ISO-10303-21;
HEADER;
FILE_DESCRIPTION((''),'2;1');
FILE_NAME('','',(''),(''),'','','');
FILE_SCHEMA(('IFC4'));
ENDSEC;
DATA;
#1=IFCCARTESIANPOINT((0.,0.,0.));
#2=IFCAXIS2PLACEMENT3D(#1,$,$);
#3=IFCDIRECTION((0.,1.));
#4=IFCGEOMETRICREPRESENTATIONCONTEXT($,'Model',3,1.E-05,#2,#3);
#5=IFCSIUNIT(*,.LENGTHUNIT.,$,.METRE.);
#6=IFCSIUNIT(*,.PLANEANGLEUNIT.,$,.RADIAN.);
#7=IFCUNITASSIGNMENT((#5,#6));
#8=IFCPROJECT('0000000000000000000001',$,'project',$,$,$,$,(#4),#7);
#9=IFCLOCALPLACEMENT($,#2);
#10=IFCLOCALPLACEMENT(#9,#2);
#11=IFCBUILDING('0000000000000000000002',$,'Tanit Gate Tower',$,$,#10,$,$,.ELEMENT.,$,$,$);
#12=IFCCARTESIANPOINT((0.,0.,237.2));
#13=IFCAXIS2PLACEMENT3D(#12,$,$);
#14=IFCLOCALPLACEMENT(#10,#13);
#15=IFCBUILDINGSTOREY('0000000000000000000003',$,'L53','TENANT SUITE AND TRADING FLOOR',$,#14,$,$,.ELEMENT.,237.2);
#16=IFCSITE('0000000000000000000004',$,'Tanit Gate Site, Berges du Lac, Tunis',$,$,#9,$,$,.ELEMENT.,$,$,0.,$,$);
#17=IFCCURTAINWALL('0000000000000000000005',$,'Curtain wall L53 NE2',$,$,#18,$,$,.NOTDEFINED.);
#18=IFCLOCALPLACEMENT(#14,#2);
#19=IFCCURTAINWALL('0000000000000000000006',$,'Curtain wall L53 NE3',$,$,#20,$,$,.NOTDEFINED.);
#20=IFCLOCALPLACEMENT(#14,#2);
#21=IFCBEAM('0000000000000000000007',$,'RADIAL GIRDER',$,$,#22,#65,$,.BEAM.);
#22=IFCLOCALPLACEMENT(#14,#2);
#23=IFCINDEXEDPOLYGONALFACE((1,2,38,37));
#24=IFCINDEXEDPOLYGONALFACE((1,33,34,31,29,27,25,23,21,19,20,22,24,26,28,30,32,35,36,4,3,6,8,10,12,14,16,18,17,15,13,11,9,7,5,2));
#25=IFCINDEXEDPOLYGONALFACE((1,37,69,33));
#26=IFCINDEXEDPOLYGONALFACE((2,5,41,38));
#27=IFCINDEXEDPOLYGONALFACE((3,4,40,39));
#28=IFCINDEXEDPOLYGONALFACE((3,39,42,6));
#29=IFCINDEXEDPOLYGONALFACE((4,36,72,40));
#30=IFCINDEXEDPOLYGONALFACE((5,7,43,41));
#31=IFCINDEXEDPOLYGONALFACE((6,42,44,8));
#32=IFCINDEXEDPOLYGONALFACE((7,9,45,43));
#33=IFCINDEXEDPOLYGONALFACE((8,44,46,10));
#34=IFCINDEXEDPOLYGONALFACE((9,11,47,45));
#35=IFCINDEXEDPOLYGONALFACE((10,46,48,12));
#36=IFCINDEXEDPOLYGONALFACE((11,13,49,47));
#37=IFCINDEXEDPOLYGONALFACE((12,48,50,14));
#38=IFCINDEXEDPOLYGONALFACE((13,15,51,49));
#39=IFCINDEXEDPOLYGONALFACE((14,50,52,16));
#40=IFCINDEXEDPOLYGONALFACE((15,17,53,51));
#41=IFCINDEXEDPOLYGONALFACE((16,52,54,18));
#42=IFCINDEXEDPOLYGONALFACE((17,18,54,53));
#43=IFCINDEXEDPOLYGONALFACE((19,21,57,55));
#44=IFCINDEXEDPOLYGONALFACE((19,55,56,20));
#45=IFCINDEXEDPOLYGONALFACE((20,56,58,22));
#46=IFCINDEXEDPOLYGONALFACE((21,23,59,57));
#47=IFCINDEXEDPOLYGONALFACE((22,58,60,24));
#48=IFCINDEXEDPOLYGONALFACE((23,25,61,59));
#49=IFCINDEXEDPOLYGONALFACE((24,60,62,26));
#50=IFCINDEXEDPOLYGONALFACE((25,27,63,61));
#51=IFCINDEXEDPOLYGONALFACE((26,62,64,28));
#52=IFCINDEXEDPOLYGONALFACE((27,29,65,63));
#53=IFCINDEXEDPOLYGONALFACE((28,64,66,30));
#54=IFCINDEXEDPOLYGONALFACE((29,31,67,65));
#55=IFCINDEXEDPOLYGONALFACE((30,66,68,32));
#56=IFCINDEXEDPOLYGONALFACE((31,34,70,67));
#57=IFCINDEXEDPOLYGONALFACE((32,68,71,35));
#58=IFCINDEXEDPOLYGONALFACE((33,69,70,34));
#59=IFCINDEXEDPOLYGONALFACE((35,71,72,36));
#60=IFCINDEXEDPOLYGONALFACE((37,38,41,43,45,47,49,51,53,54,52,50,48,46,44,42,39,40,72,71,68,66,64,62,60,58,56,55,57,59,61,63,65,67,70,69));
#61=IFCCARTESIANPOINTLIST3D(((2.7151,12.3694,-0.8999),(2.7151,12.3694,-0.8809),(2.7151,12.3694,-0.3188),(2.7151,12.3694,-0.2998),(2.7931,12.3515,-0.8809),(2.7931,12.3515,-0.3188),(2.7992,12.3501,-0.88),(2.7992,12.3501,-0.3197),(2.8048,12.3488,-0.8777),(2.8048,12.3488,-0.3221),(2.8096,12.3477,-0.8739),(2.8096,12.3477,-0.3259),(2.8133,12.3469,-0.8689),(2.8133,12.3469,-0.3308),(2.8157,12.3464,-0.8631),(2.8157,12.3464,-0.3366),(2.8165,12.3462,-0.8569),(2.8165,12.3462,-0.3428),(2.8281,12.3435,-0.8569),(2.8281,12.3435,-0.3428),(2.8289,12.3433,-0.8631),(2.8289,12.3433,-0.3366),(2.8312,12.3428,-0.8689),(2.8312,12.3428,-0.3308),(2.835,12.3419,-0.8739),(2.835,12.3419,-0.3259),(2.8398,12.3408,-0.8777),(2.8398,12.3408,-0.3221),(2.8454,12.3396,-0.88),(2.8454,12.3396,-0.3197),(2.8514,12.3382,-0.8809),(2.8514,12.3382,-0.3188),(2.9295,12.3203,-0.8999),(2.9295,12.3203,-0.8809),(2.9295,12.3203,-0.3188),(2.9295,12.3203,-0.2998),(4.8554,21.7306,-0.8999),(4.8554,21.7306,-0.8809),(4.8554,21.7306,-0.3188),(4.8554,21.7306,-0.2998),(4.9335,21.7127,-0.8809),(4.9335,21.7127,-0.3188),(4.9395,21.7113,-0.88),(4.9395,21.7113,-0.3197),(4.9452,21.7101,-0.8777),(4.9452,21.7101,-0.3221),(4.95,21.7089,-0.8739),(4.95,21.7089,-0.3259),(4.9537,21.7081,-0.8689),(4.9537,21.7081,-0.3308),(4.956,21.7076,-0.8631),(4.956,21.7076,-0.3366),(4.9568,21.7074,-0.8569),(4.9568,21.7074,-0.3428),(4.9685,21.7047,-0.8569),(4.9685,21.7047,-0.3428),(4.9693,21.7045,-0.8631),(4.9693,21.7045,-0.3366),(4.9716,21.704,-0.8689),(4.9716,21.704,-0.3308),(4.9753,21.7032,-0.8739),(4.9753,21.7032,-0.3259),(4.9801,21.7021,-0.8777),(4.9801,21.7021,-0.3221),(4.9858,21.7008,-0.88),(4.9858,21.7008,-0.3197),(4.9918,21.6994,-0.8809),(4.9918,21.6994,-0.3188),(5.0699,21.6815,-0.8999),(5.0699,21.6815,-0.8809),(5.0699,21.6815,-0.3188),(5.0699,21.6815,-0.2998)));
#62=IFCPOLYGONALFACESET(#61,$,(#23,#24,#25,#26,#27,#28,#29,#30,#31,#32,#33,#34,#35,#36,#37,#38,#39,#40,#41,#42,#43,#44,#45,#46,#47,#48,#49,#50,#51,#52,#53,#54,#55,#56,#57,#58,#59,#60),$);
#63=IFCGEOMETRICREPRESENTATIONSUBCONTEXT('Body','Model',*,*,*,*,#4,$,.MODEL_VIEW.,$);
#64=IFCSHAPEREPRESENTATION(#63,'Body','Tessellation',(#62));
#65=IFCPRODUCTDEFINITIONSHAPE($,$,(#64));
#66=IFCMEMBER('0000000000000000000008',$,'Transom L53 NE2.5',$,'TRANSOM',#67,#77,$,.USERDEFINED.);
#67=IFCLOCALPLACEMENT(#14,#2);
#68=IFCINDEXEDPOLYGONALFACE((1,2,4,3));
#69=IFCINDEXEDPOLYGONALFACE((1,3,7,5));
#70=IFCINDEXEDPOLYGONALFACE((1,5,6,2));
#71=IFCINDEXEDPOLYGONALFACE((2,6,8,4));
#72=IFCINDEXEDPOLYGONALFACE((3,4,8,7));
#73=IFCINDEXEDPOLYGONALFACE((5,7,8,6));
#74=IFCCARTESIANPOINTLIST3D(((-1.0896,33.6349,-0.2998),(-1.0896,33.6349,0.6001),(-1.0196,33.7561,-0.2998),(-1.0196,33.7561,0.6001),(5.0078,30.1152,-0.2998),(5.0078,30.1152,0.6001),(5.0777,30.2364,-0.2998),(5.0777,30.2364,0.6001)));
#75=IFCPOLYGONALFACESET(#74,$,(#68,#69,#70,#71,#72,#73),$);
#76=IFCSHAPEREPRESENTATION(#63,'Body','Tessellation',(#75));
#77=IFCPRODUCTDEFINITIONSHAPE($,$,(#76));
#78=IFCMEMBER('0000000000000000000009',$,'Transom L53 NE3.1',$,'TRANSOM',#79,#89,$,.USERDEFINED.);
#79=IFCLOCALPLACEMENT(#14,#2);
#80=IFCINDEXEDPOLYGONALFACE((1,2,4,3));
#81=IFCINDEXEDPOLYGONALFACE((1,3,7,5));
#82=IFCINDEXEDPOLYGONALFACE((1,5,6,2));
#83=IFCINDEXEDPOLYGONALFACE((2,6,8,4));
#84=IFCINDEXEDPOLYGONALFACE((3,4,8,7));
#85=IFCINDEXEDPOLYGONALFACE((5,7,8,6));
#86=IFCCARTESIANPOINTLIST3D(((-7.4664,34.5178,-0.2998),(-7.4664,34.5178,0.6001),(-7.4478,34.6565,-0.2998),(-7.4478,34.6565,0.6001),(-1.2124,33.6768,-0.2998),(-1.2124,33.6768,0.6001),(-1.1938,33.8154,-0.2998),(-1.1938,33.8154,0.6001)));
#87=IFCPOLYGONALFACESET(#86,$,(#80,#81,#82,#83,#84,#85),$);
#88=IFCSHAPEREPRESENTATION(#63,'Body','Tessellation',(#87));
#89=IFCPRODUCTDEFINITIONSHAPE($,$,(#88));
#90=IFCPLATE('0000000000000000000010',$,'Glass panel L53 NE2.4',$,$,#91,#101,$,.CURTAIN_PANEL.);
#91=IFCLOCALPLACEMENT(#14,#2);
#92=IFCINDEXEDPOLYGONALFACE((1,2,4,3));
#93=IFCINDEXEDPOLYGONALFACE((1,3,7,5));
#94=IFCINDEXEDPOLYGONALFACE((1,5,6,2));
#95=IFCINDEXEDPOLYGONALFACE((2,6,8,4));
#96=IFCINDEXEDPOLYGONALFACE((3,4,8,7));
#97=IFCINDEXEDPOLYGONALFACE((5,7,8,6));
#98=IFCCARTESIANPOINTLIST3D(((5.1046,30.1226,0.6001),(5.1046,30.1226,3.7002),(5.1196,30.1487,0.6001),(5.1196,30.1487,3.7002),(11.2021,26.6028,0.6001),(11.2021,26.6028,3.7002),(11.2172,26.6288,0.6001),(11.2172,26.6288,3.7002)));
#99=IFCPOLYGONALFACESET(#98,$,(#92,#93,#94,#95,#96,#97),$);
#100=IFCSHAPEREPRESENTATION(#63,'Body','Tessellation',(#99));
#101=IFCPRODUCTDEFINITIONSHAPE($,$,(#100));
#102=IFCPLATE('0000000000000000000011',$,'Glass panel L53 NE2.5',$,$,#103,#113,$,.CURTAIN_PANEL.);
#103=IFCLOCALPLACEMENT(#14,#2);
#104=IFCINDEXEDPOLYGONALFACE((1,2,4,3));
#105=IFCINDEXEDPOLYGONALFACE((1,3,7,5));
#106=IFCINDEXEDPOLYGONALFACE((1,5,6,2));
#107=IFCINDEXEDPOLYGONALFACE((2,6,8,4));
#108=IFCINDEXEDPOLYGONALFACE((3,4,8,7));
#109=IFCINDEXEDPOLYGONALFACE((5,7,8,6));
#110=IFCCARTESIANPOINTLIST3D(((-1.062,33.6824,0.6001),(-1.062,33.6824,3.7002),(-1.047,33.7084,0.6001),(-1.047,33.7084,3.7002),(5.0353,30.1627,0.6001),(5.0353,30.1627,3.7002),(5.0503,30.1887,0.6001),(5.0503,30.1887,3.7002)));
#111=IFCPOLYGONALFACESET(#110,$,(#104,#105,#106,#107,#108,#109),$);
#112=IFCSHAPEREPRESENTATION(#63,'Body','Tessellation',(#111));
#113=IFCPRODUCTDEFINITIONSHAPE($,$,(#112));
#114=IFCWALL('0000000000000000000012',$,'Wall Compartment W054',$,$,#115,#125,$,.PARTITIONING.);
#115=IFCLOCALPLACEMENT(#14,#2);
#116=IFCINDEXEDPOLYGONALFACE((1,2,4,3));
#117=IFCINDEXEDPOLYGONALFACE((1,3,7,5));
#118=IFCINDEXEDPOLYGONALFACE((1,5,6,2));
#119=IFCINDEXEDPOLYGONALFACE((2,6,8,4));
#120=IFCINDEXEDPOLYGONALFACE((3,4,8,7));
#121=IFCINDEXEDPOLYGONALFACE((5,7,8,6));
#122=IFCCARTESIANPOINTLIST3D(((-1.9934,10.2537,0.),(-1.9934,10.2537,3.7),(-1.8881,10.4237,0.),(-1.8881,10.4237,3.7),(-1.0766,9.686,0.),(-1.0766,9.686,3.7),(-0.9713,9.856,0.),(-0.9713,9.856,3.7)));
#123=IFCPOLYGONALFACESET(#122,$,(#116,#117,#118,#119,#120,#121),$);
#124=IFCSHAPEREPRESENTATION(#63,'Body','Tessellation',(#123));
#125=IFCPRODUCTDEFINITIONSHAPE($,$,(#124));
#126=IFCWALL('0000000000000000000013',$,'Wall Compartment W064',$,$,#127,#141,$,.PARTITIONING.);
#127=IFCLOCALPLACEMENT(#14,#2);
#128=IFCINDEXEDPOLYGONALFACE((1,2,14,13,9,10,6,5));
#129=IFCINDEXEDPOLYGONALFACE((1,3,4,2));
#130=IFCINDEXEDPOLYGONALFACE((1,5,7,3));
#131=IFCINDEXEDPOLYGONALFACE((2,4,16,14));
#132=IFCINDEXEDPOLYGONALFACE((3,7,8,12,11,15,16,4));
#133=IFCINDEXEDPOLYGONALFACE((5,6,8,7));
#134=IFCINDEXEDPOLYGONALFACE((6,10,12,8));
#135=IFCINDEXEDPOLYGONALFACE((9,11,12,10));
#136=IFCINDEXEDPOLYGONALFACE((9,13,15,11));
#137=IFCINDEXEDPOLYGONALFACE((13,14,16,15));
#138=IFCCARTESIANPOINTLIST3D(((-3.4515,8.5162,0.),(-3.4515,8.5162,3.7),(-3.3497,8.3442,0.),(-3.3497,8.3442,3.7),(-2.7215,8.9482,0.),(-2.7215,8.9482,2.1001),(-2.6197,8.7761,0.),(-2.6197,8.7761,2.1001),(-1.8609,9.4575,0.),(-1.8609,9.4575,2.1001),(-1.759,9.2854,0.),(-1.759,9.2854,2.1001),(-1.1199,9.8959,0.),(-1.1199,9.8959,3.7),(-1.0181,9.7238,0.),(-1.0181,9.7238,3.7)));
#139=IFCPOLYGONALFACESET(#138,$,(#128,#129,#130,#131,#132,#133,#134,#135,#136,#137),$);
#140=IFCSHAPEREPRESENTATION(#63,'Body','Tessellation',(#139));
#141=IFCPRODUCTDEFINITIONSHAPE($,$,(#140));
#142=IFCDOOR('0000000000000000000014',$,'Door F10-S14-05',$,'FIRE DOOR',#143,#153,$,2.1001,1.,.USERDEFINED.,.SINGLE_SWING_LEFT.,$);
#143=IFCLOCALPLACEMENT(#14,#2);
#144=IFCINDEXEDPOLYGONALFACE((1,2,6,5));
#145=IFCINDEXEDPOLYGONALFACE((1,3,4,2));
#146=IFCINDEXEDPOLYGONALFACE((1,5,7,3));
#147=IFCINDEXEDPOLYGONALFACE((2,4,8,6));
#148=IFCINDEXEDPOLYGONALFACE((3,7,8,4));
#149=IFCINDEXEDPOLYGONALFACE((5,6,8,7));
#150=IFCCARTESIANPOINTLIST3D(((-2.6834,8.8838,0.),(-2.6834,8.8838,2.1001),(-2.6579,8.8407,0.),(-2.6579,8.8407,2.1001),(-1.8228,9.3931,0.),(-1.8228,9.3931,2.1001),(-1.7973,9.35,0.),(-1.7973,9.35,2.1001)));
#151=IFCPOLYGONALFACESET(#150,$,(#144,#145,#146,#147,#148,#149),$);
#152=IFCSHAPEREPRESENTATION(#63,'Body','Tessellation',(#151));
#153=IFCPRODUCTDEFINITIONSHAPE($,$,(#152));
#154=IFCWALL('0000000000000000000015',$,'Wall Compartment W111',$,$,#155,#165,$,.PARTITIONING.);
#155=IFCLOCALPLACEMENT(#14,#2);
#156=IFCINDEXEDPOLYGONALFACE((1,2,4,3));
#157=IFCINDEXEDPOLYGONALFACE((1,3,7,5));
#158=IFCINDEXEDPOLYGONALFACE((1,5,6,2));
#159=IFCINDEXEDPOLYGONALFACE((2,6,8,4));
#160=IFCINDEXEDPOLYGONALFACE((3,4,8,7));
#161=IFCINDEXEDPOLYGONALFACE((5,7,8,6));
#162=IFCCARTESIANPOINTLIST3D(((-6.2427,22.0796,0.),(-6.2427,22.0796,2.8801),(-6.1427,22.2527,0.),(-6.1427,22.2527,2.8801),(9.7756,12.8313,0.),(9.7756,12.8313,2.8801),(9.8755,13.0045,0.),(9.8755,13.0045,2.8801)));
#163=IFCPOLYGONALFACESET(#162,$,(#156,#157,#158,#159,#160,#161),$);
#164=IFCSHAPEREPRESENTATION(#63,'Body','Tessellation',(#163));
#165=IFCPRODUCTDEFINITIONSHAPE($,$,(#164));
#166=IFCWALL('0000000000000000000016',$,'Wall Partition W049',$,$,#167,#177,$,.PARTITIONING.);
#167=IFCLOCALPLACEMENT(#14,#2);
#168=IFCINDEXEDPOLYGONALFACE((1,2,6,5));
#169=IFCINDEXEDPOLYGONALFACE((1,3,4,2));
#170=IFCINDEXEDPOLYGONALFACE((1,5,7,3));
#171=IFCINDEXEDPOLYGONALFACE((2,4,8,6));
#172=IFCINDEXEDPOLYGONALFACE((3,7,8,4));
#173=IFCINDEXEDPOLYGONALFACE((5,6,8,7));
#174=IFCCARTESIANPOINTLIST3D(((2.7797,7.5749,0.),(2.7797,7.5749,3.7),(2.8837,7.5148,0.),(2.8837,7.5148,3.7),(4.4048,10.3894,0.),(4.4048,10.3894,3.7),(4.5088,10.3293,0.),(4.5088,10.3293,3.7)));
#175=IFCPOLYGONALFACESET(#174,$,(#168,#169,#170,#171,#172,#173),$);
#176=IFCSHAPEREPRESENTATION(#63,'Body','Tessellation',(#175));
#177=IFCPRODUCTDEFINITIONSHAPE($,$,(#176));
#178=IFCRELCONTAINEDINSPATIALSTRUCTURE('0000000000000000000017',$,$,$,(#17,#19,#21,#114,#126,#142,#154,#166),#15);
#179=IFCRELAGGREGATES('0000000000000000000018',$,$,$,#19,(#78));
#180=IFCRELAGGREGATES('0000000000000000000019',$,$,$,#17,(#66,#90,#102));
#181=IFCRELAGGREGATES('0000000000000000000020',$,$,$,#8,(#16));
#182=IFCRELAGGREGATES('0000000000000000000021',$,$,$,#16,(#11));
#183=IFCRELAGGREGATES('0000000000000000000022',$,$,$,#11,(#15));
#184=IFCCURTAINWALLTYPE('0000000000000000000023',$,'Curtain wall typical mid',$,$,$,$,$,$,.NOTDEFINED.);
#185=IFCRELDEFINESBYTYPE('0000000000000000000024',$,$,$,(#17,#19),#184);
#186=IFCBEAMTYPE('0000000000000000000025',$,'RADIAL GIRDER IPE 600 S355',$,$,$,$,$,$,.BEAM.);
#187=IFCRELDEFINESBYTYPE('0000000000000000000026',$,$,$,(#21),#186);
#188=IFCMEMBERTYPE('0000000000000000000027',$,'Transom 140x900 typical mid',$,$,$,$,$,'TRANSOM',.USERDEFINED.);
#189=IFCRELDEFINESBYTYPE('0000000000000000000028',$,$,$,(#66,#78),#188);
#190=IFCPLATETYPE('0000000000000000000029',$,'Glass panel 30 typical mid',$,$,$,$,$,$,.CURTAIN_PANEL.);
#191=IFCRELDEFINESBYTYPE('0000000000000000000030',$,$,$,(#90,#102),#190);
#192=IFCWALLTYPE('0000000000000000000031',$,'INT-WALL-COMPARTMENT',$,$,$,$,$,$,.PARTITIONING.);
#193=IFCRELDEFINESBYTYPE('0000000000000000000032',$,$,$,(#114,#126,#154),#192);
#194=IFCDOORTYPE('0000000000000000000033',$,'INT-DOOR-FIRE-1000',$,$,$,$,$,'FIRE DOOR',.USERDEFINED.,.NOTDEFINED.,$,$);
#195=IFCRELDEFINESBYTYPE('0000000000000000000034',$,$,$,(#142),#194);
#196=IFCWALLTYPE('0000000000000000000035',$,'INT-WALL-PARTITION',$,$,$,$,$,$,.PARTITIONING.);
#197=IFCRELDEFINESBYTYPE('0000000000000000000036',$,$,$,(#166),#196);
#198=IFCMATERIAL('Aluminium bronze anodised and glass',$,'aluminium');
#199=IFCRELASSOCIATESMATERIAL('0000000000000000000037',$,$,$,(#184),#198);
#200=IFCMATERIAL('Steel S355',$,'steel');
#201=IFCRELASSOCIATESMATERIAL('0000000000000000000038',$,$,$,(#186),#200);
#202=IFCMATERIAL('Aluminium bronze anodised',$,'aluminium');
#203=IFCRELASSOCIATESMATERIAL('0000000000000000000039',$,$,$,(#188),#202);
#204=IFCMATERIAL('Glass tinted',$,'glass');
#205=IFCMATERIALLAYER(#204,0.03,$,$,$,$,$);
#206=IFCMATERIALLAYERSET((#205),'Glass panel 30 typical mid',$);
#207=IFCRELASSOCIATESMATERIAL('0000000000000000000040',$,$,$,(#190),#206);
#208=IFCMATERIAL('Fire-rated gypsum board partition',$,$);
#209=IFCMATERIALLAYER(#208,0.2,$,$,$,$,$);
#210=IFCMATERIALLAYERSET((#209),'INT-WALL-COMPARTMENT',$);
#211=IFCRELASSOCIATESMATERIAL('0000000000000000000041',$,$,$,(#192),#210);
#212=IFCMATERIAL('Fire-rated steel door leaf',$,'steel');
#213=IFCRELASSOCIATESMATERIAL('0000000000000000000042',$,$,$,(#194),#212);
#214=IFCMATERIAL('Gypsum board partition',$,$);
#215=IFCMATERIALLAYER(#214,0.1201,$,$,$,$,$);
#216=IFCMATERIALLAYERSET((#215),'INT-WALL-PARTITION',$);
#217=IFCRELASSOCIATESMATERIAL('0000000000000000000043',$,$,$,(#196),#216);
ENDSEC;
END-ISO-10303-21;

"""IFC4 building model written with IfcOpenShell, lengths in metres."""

from ifc_helpers import new_model, si_unit, direction, frame, frame_2d, origin, origin_2d, place, context, subcontext, project, spatial, rectangle, i_section, extrude, material, layer, layer_set, material_profile, profile_set, type_object, element, fill, aggregate, save


model = new_model("IFC4")

# Units and contexts
model_context = context("Model", 3, precision=1e-05, world=origin(), true_north=direction((0.0, 1.0)))
body_context = subcontext(model_context, "Body", "Model", "MODEL_VIEW")
ifc_project = project(units=[si_unit("LENGTHUNIT", "METRE"), si_unit("PLANEANGLEUNIT", "RADIAN")], contexts=[model_context])

# Site, building, storey
site_placement = place(None, origin())
site = spatial("IfcSite", under=ifc_project, at=site_placement, Name="Tanit Gate Site, Berges du Lac, Tunis", CompositionType="ELEMENT", RefElevation=0.0)
building_placement = place(site_placement, origin())
building = spatial("IfcBuilding", under=site, at=building_placement, Name="Tanit Gate Tower", CompositionType="ELEMENT")
storey_placement = place(building_placement, frame((0.0, 0.0, 237.2)))
storey = spatial("IfcBuildingStorey", under=building, at=storey_placement, Name="L53", Description="TENANT SUITE AND TRADING FLOOR", CompositionType="ELEMENT", Elevation=237.2)

# Curtain walls
ifc_material_1 = material(Name="Aluminium bronze anodised and glass", Category="aluminium")
curtain_wall_type = type_object("IfcCurtainWallType", Name="Curtain wall typical mid", PredefinedType="NOTDEFINED", material=ifc_material_1)
curtain_wall_1_placement = place(storey_placement, origin())
curtain_wall_1 = element("IfcCurtainWall", 1, at=curtain_wall_1_placement, inside=storey, type_object=curtain_wall_type, Name="Curtain wall L53 NE2", PredefinedType="NOTDEFINED")
curtain_wall_2_placement = place(storey_placement, origin())
curtain_wall_2 = element("IfcCurtainWall", 2, at=curtain_wall_2_placement, inside=storey, type_object=curtain_wall_type, Name="Curtain wall L53 NE3", PredefinedType="NOTDEFINED")

# Beam
ifc_material_2 = material(Name="Steel S355", Category="steel")
ifc_material_profile_1 = material_profile(ifc_material_2, i_section(OverallWidth=0.22, OverallDepth=0.6001, WebThickness=0.012, FlangeThickness=0.019, FilletRadius=0.0239, at=origin_2d()), Name="IPE 600")
ifc_profile_set_1 = profile_set([ifc_material_profile_1], Name="Steel S355")
beam_type_1 = type_object("IfcBeamType", Name="RADIAL GIRDER IPE 600 S355", PredefinedType="BEAM", material=ifc_profile_set_1)
beam_1_placement = place(storey_placement, frame((4.9626, 21.7061, -0.5999), z_axis=(-0.222889, -0.974844, 0.0), x_axis=(0.974844, -0.222889, 0.0)))
element("IfcBeam", 3, at=beam_1_placement, inside=storey, type_object=beam_type_1, Name="RADIAL GIRDER", PredefinedType="BEAM", context=body_context, shape_type="SweptSolid", body=[
    extrude(i_section(OverallWidth=0.22, OverallDepth=0.6001, WebThickness=0.012, FlangeThickness=0.019, FilletRadius=0.0239, at=origin_2d()), origin(), (0.0, 0.0, 1.0), 9.6028),
])

# Members
ifc_material_3 = material(Name="Aluminium bronze anodised", Category="aluminium")
ifc_material_profile_2 = material_profile(ifc_material_3, rectangle(XDim=0.1399, YDim=0.8999, at=origin_2d()), Name="140x900 bronze transom")
ifc_profile_set_2 = profile_set([ifc_material_profile_2], Name="Aluminium bronze anodised")
member_type_1 = type_object("IfcMemberType", Name="Transom 140x900 typical mid", ElementType="TRANSOM", PredefinedType="USERDEFINED", material=ifc_profile_set_2)
member_1_placement = place(storey_placement, frame((5.0427, 30.1758, 0.1501), z_axis=(-0.86606, 0.49994, 0.0), x_axis=(-0.49994, -0.86606, 0.0)))
member_1 = element("IfcMember", 4, at=member_1_placement, type_object=member_type_1, Name="Transom L53 NE2.5", ObjectType="TRANSOM", PredefinedType="USERDEFINED", context=body_context, shape_type="SweptSolid", body=[
    extrude(rectangle(XDim=0.1399, YDim=0.8999, at=origin_2d()), origin(), (0.0, 0.0, 1.0), 7.0403),
])
member_2_placement = place(storey_placement, frame((-1.2031, 33.7461, 0.1501), z_axis=(-0.991078, 0.133286, 0.0), x_axis=(-0.133286, -0.991078, 0.0)))
member_2 = element("IfcMember", 5, at=member_2_placement, type_object=member_type_1, Name="Transom L53 NE3.1", ObjectType="TRANSOM", PredefinedType="USERDEFINED", context=body_context, shape_type="SweptSolid", body=[
    extrude(rectangle(XDim=0.1399, YDim=0.8999, at=origin_2d()), origin(), (0.0, 0.0, 1.0), 6.3103),
])
aggregate(curtain_wall_2, [member_2])

# Plates
ifc_material_4 = material(Name="Glass tinted", Category="glass")
ifc_layer_1 = layer(ifc_material_4, 0.03)
ifc_layer_set_1 = layer_set([ifc_layer_1], Name="Glass panel 30 typical mid")
plate_type = type_object("IfcPlateType", Name="Glass panel 30 typical mid", PredefinedType="CURTAIN_PANEL", material=ifc_layer_set_1)
plate_1_placement = place(storey_placement, frame((8.1609, 28.3757, 0.6001), z_axis=(0.0, 0.0, 1.0), x_axis=(-0.86606, 0.49994, 0.0)))
plate_1 = element("IfcPlate", 6, at=plate_1_placement, type_object=plate_type, Name="Glass panel L53 NE2.4", PredefinedType="CURTAIN_PANEL", context=body_context, shape_type="SweptSolid", body=[
    extrude(rectangle(XDim=7.0405, YDim=0.03, at=origin_2d()), origin(), (0.0, 0.0, 1.0), 3.1001),
])
plate_2_placement = place(storey_placement, frame((1.9941, 31.9355, 0.6001), z_axis=(0.0, 0.0, 1.0), x_axis=(-0.86606, 0.49994, 0.0)))
plate_2 = element("IfcPlate", 7, at=plate_2_placement, type_object=plate_type, Name="Glass panel L53 NE2.5", PredefinedType="CURTAIN_PANEL", context=body_context, shape_type="SweptSolid", body=[
    extrude(rectangle(XDim=7.0403, YDim=0.03, at=origin_2d()), origin(), (0.0, 0.0, 1.0), 3.1001),
])
aggregate(curtain_wall_1, [member_1, plate_1, plate_2])

# Wall
ifc_material_5 = material(Name="Fire-rated gypsum board partition")
ifc_layer_2 = layer(ifc_material_5, 0.2)
ifc_layer_set_2 = layer_set([ifc_layer_2], Name="INT-WALL-COMPARTMENT")
wall_type_1 = type_object("IfcWallType", Name="INT-WALL-COMPARTMENT", PredefinedType="PARTITIONING", material=ifc_layer_set_2)
wall_1_placement = place(storey_placement, frame((-1.9407, 10.3386, 0.0), z_axis=(0.0, 0.0, 1.0), x_axis=(0.850217, -0.526433, 0.0)))
element("IfcWall", 8, at=wall_1_placement, inside=storey, type_object=wall_type_1, Name="Wall Compartment W054", PredefinedType="PARTITIONING", context=body_context, shape_type="SweptSolid", body=[
    extrude(rectangle(XDim=1.0784, YDim=0.2, at=frame_2d((0.5391, 0.0))), origin(), (0.0, 0.0, 1.0), 3.7),
])

# Wall, opening, door
wall_2_placement = place(storey_placement, frame((-1.0691, 9.8098, 0.0), z_axis=(0.0, 0.0, 1.0), x_axis=(-0.860618, -0.509251, 0.0)))
wall_2 = element("IfcWall", 9, at=wall_2_placement, inside=storey, type_object=wall_type_1, Name="Wall Compartment W064", PredefinedType="PARTITIONING", context=body_context, shape_type="SweptSolid", body=[
    extrude(rectangle(XDim=2.7092, YDim=0.2, at=frame_2d((1.3545, 0.0))), origin(), (0.0, 0.0, 1.0), 3.7),
])
opening_1_placement = place(wall_2_placement, frame((0.8608, 0.0, 0.0)))
opening_1 = element("IfcOpeningElement", 10, at=opening_1_placement, cuts=wall_2, PredefinedType="OPENING", context=body_context, shape_type="SweptSolid", body=[
    extrude(rectangle(XDim=1.0, YDim=2.1001, at=frame_2d((0.5, 1.05))), frame((0.0, 0.1099, 0.0), z_axis=(0.0, -1.0, 0.0), x_axis=(1.0, 0.0, 0.0)), (0.0, 0.0, 1.0), 0.22),
])
ifc_material_6 = material(Name="Fire-rated steel door leaf", Category="steel")
door_type_1 = type_object("IfcDoorType", Name="INT-DOOR-FIRE-1000", ElementType="FIRE DOOR", OperationType="NOTDEFINED", PredefinedType="USERDEFINED", material=ifc_material_6)
door_1_placement = place(opening_1_placement, origin())
door_1 = element("IfcDoor", 11, at=door_1_placement, inside=storey, type_object=door_type_1, Name="Door F10-S14-05", ObjectType="FIRE DOOR", OperationType="SINGLE_SWING_LEFT", OverallHeight=2.1001, OverallWidth=1.0, PredefinedType="USERDEFINED", context=body_context, shape_type="SweptSolid", body=[
    extrude(rectangle(XDim=1.0, YDim=2.1001, at=frame_2d((0.5, 1.05))), frame((0.0, 0.0249, 0.0), z_axis=(0.0, -1.0, 0.0), x_axis=(1.0, 0.0, 0.0)), (0.0, 0.0, 1.0), 0.05),
])
fill(opening_1, door_1)

# Walls
wall_3_placement = place(storey_placement, frame((9.8254, 12.918, 0.0), z_axis=(0.0, 0.0, 1.0), x_axis=(-0.866023, 0.500005, 0.0)))
element("IfcWall", 12, at=wall_3_placement, inside=storey, type_object=wall_type_1, Name="Wall Compartment W111", PredefinedType="PARTITIONING", context=body_context, shape_type="SweptSolid", body=[
    extrude(rectangle(XDim=18.4963, YDim=0.2, at=frame_2d((9.248, 0.0))), origin(), (0.0, 0.0, 1.0), 2.8801),
])
ifc_material_7 = material(Name="Gypsum board partition")
ifc_layer_3 = layer(ifc_material_7, 0.1201)
ifc_layer_set_3 = layer_set([ifc_layer_3], Name="INT-WALL-PARTITION")
wall_type_2 = type_object("IfcWallType", Name="INT-WALL-PARTITION", PredefinedType="PARTITIONING", material=ifc_layer_set_3)
wall_4_placement = place(storey_placement, frame((4.4568, 10.3594, 0.0), z_axis=(0.0, 0.0, 1.0), x_axis=(-0.500017, -0.866015, 0.0)))
element("IfcWall", 13, at=wall_4_placement, inside=storey, type_object=wall_type_2, Name="Wall Partition W049", PredefinedType="PARTITIONING", context=body_context, shape_type="SweptSolid", body=[
    extrude(rectangle(XDim=3.25, YDim=0.1201, at=frame_2d((1.625, 0.0))), origin(), (0.0, 0.0, 1.0), 3.7),
])

save(model, "model.ifc")
